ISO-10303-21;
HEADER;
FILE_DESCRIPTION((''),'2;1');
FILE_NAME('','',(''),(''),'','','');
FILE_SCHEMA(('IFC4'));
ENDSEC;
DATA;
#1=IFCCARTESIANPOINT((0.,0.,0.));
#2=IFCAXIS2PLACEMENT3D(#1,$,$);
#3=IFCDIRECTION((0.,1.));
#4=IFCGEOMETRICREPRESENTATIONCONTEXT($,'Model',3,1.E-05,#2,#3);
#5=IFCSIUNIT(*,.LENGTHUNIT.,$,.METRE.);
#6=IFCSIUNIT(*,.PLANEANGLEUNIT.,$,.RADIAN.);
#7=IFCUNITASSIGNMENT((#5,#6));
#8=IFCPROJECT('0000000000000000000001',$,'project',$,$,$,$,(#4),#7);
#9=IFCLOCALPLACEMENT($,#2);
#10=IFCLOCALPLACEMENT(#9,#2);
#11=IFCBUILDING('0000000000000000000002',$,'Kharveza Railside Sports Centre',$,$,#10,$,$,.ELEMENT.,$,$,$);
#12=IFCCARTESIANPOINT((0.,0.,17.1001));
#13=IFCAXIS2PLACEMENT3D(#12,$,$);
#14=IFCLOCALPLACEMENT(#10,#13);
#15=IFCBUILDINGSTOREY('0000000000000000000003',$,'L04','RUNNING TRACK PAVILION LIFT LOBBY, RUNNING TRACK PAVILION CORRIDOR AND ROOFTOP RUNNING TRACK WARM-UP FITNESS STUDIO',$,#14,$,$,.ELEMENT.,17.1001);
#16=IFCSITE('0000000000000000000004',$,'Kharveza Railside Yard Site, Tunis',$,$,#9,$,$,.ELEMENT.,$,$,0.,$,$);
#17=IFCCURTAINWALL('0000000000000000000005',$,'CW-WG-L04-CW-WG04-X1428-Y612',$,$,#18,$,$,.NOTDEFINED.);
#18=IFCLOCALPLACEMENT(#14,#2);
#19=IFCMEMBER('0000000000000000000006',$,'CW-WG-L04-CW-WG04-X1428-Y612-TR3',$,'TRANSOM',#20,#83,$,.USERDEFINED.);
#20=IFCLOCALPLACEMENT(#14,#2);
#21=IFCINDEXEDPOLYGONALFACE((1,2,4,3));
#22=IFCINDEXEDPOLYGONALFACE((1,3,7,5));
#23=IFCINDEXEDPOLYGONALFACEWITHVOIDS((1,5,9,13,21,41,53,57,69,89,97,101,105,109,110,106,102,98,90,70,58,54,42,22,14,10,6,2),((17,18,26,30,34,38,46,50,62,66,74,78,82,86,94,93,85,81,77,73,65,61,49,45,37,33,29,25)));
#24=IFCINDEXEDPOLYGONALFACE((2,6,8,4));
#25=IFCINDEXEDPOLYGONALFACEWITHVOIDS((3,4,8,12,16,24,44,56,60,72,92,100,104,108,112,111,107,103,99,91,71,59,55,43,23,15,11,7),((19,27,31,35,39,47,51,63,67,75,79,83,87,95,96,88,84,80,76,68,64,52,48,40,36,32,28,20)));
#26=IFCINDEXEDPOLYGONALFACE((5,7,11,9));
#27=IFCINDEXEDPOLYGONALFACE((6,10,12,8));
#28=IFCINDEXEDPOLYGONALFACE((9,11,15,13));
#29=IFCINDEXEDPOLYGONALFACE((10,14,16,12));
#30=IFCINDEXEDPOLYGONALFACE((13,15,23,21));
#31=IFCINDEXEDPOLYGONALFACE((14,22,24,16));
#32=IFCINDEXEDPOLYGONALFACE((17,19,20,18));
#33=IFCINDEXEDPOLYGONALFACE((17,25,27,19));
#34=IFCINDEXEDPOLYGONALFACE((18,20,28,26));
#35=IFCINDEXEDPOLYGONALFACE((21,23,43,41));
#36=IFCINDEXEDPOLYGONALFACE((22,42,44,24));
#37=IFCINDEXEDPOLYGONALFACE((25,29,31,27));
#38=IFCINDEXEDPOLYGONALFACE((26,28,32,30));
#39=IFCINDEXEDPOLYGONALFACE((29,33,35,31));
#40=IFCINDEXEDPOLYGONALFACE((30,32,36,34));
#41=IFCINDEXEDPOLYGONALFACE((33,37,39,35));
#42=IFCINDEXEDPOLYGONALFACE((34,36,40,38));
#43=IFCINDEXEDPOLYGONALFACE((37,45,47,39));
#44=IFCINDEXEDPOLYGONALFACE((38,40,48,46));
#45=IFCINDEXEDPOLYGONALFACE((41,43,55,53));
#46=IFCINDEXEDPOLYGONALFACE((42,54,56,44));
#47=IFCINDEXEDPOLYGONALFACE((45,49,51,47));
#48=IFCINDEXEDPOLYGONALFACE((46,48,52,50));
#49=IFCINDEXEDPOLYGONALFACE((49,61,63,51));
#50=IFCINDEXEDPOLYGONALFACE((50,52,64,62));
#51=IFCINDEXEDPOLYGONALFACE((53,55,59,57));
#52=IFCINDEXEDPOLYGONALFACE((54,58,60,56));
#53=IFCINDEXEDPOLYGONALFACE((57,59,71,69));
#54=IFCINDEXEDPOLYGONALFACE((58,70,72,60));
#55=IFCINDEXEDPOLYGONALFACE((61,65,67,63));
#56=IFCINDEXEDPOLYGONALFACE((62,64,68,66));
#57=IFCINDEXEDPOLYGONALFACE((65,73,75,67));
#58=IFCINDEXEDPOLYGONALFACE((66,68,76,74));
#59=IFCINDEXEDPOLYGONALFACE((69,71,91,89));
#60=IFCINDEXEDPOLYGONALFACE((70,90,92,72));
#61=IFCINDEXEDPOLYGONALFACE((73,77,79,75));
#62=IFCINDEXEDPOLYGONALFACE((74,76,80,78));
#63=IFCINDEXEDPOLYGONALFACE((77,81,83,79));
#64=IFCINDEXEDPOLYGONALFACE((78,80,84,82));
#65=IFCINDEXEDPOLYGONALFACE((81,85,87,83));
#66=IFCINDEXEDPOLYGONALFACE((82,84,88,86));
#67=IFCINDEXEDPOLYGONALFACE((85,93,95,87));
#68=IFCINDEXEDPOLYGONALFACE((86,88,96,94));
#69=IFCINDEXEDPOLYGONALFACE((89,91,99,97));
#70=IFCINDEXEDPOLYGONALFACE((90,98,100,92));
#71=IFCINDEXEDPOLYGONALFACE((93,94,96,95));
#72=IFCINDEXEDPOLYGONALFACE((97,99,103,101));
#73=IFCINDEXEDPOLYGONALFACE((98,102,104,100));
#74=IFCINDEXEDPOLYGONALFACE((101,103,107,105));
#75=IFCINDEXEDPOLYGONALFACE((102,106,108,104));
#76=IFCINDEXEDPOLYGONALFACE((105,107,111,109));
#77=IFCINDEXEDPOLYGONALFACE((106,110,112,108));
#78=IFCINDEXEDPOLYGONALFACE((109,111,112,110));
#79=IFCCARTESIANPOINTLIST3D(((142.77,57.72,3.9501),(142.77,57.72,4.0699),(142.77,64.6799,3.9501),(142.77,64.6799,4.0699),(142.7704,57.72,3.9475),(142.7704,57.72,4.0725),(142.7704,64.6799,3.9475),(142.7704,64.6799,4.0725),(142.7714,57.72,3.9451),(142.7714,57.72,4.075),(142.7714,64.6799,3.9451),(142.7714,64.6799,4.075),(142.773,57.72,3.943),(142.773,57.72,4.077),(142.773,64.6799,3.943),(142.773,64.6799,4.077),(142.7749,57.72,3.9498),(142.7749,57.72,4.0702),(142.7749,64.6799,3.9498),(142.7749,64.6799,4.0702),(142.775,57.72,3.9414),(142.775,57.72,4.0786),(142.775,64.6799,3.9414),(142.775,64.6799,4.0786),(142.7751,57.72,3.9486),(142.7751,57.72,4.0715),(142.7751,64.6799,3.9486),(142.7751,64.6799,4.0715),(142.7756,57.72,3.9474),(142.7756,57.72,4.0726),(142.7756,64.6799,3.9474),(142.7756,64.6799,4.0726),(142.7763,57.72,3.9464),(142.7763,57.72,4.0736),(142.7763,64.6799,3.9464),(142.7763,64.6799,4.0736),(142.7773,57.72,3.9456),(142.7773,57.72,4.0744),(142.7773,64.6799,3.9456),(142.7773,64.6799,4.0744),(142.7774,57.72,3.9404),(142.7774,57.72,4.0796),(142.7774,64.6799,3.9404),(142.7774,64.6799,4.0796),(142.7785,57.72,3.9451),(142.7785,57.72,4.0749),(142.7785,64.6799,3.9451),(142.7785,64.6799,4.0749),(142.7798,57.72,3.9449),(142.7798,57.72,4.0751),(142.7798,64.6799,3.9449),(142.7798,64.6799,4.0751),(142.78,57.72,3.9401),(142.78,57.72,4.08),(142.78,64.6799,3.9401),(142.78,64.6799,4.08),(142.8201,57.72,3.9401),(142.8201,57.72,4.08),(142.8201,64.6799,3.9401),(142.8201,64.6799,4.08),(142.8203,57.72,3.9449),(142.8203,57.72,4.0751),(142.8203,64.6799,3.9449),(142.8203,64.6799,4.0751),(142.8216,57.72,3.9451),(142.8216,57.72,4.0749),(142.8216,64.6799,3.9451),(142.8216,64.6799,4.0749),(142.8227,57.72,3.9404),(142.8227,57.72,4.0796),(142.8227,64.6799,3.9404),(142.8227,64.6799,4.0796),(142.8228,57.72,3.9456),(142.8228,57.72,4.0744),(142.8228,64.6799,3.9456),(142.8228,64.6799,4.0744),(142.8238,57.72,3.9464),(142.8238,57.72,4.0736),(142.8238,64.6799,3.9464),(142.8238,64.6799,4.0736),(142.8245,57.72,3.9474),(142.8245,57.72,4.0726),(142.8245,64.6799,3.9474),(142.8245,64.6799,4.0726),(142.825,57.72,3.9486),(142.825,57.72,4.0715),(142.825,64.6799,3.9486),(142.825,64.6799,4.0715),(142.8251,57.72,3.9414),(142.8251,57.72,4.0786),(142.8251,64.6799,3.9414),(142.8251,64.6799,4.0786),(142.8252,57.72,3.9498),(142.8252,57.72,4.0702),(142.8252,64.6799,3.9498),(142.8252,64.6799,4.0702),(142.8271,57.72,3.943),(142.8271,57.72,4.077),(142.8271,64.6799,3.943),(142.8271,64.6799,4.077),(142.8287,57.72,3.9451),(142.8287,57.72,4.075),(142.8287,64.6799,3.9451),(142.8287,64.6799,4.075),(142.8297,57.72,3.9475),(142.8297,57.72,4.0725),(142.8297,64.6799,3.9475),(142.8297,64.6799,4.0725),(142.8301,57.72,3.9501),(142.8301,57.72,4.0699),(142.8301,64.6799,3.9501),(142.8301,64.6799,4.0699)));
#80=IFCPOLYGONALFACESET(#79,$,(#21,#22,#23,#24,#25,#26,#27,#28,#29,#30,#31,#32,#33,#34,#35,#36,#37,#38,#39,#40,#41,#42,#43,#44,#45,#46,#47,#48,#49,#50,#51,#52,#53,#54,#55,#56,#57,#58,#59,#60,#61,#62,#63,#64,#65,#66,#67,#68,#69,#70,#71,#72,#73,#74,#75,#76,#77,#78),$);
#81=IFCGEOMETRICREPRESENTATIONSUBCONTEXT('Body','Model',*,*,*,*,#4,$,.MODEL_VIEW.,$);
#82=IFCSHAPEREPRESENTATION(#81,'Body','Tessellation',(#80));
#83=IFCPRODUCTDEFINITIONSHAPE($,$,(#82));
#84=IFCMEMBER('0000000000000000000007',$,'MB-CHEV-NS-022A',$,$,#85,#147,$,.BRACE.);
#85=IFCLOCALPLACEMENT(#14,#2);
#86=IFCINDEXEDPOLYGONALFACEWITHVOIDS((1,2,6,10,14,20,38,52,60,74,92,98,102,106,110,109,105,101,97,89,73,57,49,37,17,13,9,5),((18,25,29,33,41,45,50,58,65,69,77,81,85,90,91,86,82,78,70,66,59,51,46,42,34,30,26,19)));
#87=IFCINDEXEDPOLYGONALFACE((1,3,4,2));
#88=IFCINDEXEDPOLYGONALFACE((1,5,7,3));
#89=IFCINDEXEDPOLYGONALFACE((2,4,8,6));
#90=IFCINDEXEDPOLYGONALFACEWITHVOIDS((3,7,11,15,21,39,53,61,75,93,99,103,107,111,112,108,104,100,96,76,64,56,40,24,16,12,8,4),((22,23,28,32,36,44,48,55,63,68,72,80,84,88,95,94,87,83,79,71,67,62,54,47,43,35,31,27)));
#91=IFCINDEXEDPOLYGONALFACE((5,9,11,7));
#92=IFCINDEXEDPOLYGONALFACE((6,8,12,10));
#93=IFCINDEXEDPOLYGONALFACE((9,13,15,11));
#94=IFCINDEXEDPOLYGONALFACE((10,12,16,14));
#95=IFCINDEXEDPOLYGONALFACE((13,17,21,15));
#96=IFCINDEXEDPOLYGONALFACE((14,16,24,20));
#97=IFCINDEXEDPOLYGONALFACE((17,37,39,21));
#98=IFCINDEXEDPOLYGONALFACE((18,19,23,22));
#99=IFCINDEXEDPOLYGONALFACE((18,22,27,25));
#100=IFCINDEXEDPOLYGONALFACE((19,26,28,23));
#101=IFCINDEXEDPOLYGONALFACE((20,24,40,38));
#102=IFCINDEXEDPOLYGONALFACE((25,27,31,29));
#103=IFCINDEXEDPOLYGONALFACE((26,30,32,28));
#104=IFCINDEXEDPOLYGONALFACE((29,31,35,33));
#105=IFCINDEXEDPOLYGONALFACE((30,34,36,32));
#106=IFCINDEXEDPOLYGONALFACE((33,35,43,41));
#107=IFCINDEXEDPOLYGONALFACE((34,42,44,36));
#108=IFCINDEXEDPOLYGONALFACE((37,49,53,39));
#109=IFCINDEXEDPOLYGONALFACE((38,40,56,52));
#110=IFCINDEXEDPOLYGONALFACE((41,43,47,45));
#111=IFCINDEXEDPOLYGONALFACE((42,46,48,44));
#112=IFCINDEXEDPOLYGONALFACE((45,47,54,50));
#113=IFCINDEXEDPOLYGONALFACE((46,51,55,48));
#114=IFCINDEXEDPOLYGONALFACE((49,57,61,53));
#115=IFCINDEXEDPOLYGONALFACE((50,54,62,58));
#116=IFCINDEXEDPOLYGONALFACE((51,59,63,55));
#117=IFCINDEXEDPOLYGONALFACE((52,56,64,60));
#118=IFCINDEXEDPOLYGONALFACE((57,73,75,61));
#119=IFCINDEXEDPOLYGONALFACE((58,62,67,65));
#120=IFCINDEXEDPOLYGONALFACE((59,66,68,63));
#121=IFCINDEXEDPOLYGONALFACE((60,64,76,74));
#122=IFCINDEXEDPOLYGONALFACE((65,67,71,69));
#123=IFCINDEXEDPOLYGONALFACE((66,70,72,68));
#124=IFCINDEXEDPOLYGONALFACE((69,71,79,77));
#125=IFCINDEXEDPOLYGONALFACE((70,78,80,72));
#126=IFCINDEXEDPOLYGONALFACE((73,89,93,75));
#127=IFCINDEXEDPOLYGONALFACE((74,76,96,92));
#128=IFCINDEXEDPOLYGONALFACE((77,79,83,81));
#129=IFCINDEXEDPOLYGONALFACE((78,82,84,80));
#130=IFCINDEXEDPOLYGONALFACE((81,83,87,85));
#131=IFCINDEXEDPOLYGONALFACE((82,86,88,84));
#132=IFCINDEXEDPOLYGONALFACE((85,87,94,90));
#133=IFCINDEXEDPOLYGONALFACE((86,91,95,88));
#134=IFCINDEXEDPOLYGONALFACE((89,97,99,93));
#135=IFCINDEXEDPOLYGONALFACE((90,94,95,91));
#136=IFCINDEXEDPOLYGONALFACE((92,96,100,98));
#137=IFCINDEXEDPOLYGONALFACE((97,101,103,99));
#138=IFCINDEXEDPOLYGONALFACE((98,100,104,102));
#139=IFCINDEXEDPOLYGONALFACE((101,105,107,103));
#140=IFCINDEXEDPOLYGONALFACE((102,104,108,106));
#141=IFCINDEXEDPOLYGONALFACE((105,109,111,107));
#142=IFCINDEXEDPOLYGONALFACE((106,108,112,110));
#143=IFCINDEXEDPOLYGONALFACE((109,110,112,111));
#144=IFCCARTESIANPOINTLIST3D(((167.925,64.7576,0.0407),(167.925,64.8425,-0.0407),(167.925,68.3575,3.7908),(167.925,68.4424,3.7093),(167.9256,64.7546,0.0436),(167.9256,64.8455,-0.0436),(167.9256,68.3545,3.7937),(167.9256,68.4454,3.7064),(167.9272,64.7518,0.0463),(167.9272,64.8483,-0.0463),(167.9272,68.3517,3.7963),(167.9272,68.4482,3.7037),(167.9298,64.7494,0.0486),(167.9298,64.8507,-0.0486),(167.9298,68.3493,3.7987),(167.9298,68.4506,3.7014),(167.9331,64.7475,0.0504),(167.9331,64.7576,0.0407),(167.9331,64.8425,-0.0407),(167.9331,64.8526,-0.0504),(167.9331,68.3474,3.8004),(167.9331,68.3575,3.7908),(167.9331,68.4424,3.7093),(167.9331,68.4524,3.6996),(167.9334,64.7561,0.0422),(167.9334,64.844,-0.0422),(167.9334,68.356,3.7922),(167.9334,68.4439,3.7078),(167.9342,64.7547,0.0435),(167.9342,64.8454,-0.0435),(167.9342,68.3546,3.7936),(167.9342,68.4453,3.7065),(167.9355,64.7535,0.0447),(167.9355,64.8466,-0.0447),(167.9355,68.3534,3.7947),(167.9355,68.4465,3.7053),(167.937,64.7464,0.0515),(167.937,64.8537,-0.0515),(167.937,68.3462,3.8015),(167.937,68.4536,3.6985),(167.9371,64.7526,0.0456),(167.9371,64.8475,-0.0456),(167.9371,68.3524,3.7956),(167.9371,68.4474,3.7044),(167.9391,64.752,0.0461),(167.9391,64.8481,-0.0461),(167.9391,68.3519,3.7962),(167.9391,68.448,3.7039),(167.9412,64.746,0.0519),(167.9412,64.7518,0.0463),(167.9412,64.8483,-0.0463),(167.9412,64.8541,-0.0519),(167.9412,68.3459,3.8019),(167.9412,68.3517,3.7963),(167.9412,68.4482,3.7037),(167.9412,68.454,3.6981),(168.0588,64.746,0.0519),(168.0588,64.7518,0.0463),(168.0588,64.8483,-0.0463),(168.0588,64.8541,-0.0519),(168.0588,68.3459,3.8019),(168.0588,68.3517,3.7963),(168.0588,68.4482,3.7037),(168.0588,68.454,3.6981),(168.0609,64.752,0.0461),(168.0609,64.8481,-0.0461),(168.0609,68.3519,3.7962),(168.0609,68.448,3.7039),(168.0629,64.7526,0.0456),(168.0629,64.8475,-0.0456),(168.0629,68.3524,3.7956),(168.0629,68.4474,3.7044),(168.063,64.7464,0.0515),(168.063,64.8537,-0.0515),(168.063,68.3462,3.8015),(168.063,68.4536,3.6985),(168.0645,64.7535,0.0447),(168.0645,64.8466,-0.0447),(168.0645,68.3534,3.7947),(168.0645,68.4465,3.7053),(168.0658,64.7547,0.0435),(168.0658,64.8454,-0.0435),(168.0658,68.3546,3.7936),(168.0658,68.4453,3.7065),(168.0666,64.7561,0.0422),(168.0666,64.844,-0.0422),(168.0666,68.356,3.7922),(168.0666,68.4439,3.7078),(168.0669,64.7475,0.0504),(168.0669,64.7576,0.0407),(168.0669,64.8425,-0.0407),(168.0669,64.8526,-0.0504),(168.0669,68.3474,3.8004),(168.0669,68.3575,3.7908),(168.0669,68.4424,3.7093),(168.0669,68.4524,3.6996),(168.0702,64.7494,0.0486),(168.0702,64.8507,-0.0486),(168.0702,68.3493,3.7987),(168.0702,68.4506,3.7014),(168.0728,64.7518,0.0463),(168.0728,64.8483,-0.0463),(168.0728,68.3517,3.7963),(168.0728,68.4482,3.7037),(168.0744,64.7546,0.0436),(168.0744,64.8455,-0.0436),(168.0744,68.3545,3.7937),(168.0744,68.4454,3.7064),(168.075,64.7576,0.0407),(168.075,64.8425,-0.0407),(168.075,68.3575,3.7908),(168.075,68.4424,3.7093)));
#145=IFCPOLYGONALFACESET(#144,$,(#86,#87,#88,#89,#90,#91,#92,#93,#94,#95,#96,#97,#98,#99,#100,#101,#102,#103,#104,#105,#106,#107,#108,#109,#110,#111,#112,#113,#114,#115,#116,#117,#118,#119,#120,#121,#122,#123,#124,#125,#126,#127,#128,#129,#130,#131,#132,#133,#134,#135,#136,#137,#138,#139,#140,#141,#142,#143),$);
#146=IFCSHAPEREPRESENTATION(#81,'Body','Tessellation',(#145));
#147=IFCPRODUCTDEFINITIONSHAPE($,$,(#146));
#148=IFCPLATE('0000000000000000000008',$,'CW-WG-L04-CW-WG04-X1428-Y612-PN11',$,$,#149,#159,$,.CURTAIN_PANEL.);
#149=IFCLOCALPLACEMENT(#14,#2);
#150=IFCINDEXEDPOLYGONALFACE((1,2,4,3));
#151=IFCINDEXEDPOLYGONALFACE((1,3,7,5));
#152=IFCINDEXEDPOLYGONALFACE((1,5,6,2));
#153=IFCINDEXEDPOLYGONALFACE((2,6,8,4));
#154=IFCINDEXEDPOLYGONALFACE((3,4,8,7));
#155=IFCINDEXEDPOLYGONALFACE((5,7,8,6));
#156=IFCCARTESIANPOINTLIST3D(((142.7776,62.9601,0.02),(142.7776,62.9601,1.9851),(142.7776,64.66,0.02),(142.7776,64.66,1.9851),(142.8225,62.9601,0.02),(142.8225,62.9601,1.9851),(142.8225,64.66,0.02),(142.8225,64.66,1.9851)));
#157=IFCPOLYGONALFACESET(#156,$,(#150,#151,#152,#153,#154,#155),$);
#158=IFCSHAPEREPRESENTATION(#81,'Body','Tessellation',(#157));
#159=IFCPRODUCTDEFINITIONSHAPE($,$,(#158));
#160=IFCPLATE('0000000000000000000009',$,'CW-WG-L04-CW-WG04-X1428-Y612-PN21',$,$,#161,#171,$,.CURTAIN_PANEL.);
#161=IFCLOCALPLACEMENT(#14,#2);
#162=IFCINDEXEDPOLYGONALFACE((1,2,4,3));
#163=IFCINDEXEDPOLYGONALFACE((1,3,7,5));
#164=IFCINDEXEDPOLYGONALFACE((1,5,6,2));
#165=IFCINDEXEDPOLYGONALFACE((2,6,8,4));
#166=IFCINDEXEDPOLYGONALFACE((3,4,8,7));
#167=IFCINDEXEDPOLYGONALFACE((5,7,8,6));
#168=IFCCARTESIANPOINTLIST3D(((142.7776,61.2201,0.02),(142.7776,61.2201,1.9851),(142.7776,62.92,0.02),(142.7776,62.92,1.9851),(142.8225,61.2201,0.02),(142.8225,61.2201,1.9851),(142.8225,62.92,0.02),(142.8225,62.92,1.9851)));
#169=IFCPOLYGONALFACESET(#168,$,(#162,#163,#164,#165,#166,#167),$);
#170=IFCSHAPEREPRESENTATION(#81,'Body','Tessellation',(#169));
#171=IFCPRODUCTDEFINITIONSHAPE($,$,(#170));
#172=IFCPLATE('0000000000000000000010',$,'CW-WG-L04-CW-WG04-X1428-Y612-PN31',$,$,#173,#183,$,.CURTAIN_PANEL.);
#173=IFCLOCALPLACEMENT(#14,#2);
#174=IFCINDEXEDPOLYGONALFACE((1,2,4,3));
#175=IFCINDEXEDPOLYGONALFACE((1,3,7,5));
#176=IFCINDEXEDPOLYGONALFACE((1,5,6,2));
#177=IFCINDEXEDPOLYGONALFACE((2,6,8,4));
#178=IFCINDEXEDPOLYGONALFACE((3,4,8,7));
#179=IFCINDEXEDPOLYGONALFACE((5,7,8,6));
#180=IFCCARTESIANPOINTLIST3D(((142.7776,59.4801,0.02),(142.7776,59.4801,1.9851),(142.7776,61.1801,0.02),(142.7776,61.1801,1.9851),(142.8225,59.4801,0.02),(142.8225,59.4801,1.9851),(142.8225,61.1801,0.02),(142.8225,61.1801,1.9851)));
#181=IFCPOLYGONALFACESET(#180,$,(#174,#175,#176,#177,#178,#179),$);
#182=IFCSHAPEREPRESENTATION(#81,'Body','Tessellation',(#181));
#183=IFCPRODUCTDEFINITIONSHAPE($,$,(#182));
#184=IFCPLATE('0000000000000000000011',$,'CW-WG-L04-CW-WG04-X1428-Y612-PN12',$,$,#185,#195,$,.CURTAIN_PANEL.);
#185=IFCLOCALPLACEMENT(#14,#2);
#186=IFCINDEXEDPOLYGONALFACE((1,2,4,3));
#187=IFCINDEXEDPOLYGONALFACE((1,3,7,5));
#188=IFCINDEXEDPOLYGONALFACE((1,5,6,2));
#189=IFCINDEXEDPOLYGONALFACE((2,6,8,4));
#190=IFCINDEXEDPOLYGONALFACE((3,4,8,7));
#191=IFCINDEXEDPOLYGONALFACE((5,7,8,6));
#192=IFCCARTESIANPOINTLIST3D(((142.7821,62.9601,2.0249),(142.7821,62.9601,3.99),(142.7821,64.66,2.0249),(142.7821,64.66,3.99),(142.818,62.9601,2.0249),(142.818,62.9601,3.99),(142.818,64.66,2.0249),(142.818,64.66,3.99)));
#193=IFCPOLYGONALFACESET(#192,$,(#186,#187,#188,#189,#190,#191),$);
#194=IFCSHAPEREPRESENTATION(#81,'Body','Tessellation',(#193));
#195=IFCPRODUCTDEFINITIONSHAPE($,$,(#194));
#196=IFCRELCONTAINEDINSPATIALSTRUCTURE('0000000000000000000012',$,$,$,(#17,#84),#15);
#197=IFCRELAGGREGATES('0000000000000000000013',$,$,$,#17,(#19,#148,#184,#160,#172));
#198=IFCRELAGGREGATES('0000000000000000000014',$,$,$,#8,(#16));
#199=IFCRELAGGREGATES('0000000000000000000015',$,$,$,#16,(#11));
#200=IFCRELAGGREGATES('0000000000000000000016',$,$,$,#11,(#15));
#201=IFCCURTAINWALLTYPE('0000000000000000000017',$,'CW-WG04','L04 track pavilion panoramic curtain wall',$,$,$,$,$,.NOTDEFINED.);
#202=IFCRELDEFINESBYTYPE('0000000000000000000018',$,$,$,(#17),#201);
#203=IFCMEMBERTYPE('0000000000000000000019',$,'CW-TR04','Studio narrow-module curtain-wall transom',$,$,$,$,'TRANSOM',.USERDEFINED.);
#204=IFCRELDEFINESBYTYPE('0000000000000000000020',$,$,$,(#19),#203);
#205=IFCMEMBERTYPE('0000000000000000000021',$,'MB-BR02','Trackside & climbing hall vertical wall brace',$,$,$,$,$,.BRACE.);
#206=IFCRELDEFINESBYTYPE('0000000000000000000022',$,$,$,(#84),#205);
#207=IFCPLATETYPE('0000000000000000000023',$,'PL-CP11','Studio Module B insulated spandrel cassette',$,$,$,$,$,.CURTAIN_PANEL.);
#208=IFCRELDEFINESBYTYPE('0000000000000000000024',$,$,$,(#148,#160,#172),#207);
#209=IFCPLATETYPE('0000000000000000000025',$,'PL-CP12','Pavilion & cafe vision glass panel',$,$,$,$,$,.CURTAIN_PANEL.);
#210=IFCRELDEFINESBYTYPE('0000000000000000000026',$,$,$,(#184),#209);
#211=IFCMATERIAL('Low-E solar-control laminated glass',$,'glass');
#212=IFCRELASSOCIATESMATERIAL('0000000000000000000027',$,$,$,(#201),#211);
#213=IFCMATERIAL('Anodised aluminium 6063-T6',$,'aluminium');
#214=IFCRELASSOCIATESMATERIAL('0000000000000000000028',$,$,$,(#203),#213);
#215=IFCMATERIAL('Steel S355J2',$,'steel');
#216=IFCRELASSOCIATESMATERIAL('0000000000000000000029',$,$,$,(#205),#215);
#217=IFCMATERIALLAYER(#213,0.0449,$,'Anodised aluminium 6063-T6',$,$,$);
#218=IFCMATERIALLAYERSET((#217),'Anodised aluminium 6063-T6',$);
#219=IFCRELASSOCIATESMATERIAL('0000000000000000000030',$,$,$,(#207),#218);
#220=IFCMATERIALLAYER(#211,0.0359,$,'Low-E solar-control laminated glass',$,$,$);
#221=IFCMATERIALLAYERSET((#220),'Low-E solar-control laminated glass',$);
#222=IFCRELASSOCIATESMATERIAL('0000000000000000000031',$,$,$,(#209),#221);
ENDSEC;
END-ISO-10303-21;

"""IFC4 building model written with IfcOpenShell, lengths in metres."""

from ifc_helpers import new_model, si_unit, direction, frame, origin, origin_2d, place, context, subcontext, project, spatial, rectangle, hollow_rectangle, extrude, material, layer, layer_set, material_profile, profile_set, type_object, element, aggregate, save


model = new_model("IFC4")

# Units and contexts
model_context = context("Model", 3, precision=1e-05, world=origin(), true_north=direction((0.0, 1.0)))
body_context = subcontext(model_context, "Body", "Model", "MODEL_VIEW")
ifc_project = project(units=[si_unit("LENGTHUNIT", "METRE"), si_unit("PLANEANGLEUNIT", "RADIAN")], contexts=[model_context])

# Site, building, storey
site_placement = place(None, origin())
site = spatial("IfcSite", under=ifc_project, at=site_placement, Name="Kharveza Railside Yard Site, Tunis", CompositionType="ELEMENT", RefElevation=0.0)
building_placement = place(site_placement, origin())
building = spatial("IfcBuilding", under=site, at=building_placement, Name="Kharveza Railside Sports Centre", CompositionType="ELEMENT")
storey_placement = place(building_placement, frame((0.0, 0.0, 17.1001)))
storey = spatial("IfcBuildingStorey", under=building, at=storey_placement, Name="L04", Description="RUNNING TRACK PAVILION LIFT LOBBY, RUNNING TRACK PAVILION CORRIDOR AND ROOFTOP RUNNING TRACK WARM-UP FITNESS STUDIO", CompositionType="ELEMENT", Elevation=17.1001)

# Shared definitions
ifc_material_1 = material(Name="Steel S355J2", Category="steel")

# Curtain wall, member
ifc_material_2 = material(Name="Low-E solar-control laminated glass", Category="glass")
curtain_wall_type = type_object("IfcCurtainWallType", Name="CW-WG04", Description="L04 track pavilion panoramic curtain wall", PredefinedType="NOTDEFINED", material=ifc_material_2)
curtain_wall_placement = place(storey_placement, origin())
curtain_wall = element("IfcCurtainWall", 1, at=curtain_wall_placement, inside=storey, type_object=curtain_wall_type, Name="CW-WG-L04-CW-WG04-X1428-Y612", PredefinedType="NOTDEFINED")
ifc_material_3 = material(Name="Anodised aluminium 6063-T6", Category="aluminium")
ifc_material_profile_1 = material_profile(ifc_material_3, hollow_rectangle(XDim=0.0601, YDim=0.1399, WallThickness=0.0049, InnerFilletRadius=0.0049, OuterFilletRadius=0.01, at=origin_2d()), Name="RHS 60x140x5.0")
ifc_profile_set_1 = profile_set([ifc_material_profile_1], Name="Anodised aluminium 6063-T6")
member_type_1 = type_object("IfcMemberType", Name="CW-TR04", Description="Studio narrow-module curtain-wall transom", ElementType="TRANSOM", PredefinedType="USERDEFINED", material=ifc_profile_set_1)
member_1_placement = place(storey_placement, frame((142.8, 64.6799, 4.01), z_axis=(0.0, -1.0, 0.0), x_axis=(1.0, 0.0, 0.0)))
member_1 = element("IfcMember", 2, at=member_1_placement, type_object=member_type_1, Name="CW-WG-L04-CW-WG04-X1428-Y612-TR3", ObjectType="TRANSOM", PredefinedType="USERDEFINED", context=body_context, shape_type="SweptSolid", body=[
    extrude(hollow_rectangle(XDim=0.0601, YDim=0.1399, WallThickness=0.0049, InnerFilletRadius=0.0049, OuterFilletRadius=0.01, at=origin_2d()), origin(), (0.0, 0.0, 1.0), 6.96),
])

# Member
ifc_material_profile_2 = material_profile(ifc_material_1, hollow_rectangle(XDim=0.1499, YDim=0.1499, WallThickness=0.0081, InnerFilletRadius=0.0081, OuterFilletRadius=0.0161, at=origin_2d()), Name="SHS 150x150x8.0")
ifc_profile_set_2 = profile_set([ifc_material_profile_2], Name="Steel S355J2")
member_type_2 = type_object("IfcMemberType", Name="MB-BR02", Description="Trackside & climbing hall vertical wall brace", PredefinedType="BRACE", material=ifc_profile_set_2)
member_2_placement = place(storey_placement, frame((168.0, 64.8, 0.0), z_axis=(0.0, 0.692517, 0.721401), x_axis=(-1.0, 0.0, 0.0)))
element("IfcMember", 3, at=member_2_placement, inside=storey, type_object=member_type_2, Name="MB-CHEV-NS-022A", PredefinedType="BRACE", context=body_context, shape_type="SweptSolid", body=[
    extrude(hollow_rectangle(XDim=0.1499, YDim=0.1499, WallThickness=0.0081, InnerFilletRadius=0.0081, OuterFilletRadius=0.0161, at=origin_2d()), origin(), (0.0, 0.0, 1.0), 5.1982),
])

# Plates
ifc_layer_1 = layer(ifc_material_3, 0.0449, Name="Anodised aluminium 6063-T6")
ifc_layer_set_1 = layer_set([ifc_layer_1], Name="Anodised aluminium 6063-T6")
plate_type_1 = type_object("IfcPlateType", Name="PL-CP11", Description="Studio Module B insulated spandrel cassette", PredefinedType="CURTAIN_PANEL", material=ifc_layer_set_1)
plate_1_placement = place(storey_placement, frame((142.8, 63.8101, 0.02), z_axis=(0.0, 0.0, 1.0), x_axis=(0.0, -1.0, 0.0)))
plate_1 = element("IfcPlate", 4, at=plate_1_placement, type_object=plate_type_1, Name="CW-WG-L04-CW-WG04-X1428-Y612-PN11", PredefinedType="CURTAIN_PANEL", context=body_context, shape_type="SweptSolid", body=[
    extrude(rectangle(XDim=1.7, YDim=0.0449, at=origin_2d()), origin(), (0.0, 0.0, 1.0), 1.9651),
])
plate_2_placement = place(storey_placement, frame((142.8, 62.0701, 0.02), z_axis=(0.0, 0.0, 1.0), x_axis=(0.0, -1.0, 0.0)))
plate_2 = element("IfcPlate", 5, at=plate_2_placement, type_object=plate_type_1, Name="CW-WG-L04-CW-WG04-X1428-Y612-PN21", PredefinedType="CURTAIN_PANEL", context=body_context, shape_type="SweptSolid", body=[
    extrude(rectangle(XDim=1.7, YDim=0.0449, at=origin_2d()), origin(), (0.0, 0.0, 1.0), 1.9651),
])
plate_3_placement = place(storey_placement, frame((142.8, 60.3301, 0.02), z_axis=(0.0, 0.0, 1.0), x_axis=(0.0, -1.0, 0.0)))
plate_3 = element("IfcPlate", 6, at=plate_3_placement, type_object=plate_type_1, Name="CW-WG-L04-CW-WG04-X1428-Y612-PN31", PredefinedType="CURTAIN_PANEL", context=body_context, shape_type="SweptSolid", body=[
    extrude(rectangle(XDim=1.7, YDim=0.0449, at=origin_2d()), origin(), (0.0, 0.0, 1.0), 1.9651),
])
ifc_layer_2 = layer(ifc_material_2, 0.0359, Name="Low-E solar-control laminated glass")
ifc_layer_set_2 = layer_set([ifc_layer_2], Name="Low-E solar-control laminated glass")
plate_type_2 = type_object("IfcPlateType", Name="PL-CP12", Description="Pavilion & cafe vision glass panel", PredefinedType="CURTAIN_PANEL", material=ifc_layer_set_2)
plate_4_placement = place(storey_placement, frame((142.8, 63.8101, 2.0249), z_axis=(0.0, 0.0, 1.0), x_axis=(0.0, -1.0, 0.0)))
plate_4 = element("IfcPlate", 7, at=plate_4_placement, type_object=plate_type_2, Name="CW-WG-L04-CW-WG04-X1428-Y612-PN12", PredefinedType="CURTAIN_PANEL", context=body_context, shape_type="SweptSolid", body=[
    extrude(rectangle(XDim=1.7, YDim=0.0359, at=origin_2d()), origin(), (0.0, 0.0, 1.0), 1.9651),
])
aggregate(curtain_wall, [member_1, plate_1, plate_4, plate_2, plate_3])

save(model, "model.ifc")
